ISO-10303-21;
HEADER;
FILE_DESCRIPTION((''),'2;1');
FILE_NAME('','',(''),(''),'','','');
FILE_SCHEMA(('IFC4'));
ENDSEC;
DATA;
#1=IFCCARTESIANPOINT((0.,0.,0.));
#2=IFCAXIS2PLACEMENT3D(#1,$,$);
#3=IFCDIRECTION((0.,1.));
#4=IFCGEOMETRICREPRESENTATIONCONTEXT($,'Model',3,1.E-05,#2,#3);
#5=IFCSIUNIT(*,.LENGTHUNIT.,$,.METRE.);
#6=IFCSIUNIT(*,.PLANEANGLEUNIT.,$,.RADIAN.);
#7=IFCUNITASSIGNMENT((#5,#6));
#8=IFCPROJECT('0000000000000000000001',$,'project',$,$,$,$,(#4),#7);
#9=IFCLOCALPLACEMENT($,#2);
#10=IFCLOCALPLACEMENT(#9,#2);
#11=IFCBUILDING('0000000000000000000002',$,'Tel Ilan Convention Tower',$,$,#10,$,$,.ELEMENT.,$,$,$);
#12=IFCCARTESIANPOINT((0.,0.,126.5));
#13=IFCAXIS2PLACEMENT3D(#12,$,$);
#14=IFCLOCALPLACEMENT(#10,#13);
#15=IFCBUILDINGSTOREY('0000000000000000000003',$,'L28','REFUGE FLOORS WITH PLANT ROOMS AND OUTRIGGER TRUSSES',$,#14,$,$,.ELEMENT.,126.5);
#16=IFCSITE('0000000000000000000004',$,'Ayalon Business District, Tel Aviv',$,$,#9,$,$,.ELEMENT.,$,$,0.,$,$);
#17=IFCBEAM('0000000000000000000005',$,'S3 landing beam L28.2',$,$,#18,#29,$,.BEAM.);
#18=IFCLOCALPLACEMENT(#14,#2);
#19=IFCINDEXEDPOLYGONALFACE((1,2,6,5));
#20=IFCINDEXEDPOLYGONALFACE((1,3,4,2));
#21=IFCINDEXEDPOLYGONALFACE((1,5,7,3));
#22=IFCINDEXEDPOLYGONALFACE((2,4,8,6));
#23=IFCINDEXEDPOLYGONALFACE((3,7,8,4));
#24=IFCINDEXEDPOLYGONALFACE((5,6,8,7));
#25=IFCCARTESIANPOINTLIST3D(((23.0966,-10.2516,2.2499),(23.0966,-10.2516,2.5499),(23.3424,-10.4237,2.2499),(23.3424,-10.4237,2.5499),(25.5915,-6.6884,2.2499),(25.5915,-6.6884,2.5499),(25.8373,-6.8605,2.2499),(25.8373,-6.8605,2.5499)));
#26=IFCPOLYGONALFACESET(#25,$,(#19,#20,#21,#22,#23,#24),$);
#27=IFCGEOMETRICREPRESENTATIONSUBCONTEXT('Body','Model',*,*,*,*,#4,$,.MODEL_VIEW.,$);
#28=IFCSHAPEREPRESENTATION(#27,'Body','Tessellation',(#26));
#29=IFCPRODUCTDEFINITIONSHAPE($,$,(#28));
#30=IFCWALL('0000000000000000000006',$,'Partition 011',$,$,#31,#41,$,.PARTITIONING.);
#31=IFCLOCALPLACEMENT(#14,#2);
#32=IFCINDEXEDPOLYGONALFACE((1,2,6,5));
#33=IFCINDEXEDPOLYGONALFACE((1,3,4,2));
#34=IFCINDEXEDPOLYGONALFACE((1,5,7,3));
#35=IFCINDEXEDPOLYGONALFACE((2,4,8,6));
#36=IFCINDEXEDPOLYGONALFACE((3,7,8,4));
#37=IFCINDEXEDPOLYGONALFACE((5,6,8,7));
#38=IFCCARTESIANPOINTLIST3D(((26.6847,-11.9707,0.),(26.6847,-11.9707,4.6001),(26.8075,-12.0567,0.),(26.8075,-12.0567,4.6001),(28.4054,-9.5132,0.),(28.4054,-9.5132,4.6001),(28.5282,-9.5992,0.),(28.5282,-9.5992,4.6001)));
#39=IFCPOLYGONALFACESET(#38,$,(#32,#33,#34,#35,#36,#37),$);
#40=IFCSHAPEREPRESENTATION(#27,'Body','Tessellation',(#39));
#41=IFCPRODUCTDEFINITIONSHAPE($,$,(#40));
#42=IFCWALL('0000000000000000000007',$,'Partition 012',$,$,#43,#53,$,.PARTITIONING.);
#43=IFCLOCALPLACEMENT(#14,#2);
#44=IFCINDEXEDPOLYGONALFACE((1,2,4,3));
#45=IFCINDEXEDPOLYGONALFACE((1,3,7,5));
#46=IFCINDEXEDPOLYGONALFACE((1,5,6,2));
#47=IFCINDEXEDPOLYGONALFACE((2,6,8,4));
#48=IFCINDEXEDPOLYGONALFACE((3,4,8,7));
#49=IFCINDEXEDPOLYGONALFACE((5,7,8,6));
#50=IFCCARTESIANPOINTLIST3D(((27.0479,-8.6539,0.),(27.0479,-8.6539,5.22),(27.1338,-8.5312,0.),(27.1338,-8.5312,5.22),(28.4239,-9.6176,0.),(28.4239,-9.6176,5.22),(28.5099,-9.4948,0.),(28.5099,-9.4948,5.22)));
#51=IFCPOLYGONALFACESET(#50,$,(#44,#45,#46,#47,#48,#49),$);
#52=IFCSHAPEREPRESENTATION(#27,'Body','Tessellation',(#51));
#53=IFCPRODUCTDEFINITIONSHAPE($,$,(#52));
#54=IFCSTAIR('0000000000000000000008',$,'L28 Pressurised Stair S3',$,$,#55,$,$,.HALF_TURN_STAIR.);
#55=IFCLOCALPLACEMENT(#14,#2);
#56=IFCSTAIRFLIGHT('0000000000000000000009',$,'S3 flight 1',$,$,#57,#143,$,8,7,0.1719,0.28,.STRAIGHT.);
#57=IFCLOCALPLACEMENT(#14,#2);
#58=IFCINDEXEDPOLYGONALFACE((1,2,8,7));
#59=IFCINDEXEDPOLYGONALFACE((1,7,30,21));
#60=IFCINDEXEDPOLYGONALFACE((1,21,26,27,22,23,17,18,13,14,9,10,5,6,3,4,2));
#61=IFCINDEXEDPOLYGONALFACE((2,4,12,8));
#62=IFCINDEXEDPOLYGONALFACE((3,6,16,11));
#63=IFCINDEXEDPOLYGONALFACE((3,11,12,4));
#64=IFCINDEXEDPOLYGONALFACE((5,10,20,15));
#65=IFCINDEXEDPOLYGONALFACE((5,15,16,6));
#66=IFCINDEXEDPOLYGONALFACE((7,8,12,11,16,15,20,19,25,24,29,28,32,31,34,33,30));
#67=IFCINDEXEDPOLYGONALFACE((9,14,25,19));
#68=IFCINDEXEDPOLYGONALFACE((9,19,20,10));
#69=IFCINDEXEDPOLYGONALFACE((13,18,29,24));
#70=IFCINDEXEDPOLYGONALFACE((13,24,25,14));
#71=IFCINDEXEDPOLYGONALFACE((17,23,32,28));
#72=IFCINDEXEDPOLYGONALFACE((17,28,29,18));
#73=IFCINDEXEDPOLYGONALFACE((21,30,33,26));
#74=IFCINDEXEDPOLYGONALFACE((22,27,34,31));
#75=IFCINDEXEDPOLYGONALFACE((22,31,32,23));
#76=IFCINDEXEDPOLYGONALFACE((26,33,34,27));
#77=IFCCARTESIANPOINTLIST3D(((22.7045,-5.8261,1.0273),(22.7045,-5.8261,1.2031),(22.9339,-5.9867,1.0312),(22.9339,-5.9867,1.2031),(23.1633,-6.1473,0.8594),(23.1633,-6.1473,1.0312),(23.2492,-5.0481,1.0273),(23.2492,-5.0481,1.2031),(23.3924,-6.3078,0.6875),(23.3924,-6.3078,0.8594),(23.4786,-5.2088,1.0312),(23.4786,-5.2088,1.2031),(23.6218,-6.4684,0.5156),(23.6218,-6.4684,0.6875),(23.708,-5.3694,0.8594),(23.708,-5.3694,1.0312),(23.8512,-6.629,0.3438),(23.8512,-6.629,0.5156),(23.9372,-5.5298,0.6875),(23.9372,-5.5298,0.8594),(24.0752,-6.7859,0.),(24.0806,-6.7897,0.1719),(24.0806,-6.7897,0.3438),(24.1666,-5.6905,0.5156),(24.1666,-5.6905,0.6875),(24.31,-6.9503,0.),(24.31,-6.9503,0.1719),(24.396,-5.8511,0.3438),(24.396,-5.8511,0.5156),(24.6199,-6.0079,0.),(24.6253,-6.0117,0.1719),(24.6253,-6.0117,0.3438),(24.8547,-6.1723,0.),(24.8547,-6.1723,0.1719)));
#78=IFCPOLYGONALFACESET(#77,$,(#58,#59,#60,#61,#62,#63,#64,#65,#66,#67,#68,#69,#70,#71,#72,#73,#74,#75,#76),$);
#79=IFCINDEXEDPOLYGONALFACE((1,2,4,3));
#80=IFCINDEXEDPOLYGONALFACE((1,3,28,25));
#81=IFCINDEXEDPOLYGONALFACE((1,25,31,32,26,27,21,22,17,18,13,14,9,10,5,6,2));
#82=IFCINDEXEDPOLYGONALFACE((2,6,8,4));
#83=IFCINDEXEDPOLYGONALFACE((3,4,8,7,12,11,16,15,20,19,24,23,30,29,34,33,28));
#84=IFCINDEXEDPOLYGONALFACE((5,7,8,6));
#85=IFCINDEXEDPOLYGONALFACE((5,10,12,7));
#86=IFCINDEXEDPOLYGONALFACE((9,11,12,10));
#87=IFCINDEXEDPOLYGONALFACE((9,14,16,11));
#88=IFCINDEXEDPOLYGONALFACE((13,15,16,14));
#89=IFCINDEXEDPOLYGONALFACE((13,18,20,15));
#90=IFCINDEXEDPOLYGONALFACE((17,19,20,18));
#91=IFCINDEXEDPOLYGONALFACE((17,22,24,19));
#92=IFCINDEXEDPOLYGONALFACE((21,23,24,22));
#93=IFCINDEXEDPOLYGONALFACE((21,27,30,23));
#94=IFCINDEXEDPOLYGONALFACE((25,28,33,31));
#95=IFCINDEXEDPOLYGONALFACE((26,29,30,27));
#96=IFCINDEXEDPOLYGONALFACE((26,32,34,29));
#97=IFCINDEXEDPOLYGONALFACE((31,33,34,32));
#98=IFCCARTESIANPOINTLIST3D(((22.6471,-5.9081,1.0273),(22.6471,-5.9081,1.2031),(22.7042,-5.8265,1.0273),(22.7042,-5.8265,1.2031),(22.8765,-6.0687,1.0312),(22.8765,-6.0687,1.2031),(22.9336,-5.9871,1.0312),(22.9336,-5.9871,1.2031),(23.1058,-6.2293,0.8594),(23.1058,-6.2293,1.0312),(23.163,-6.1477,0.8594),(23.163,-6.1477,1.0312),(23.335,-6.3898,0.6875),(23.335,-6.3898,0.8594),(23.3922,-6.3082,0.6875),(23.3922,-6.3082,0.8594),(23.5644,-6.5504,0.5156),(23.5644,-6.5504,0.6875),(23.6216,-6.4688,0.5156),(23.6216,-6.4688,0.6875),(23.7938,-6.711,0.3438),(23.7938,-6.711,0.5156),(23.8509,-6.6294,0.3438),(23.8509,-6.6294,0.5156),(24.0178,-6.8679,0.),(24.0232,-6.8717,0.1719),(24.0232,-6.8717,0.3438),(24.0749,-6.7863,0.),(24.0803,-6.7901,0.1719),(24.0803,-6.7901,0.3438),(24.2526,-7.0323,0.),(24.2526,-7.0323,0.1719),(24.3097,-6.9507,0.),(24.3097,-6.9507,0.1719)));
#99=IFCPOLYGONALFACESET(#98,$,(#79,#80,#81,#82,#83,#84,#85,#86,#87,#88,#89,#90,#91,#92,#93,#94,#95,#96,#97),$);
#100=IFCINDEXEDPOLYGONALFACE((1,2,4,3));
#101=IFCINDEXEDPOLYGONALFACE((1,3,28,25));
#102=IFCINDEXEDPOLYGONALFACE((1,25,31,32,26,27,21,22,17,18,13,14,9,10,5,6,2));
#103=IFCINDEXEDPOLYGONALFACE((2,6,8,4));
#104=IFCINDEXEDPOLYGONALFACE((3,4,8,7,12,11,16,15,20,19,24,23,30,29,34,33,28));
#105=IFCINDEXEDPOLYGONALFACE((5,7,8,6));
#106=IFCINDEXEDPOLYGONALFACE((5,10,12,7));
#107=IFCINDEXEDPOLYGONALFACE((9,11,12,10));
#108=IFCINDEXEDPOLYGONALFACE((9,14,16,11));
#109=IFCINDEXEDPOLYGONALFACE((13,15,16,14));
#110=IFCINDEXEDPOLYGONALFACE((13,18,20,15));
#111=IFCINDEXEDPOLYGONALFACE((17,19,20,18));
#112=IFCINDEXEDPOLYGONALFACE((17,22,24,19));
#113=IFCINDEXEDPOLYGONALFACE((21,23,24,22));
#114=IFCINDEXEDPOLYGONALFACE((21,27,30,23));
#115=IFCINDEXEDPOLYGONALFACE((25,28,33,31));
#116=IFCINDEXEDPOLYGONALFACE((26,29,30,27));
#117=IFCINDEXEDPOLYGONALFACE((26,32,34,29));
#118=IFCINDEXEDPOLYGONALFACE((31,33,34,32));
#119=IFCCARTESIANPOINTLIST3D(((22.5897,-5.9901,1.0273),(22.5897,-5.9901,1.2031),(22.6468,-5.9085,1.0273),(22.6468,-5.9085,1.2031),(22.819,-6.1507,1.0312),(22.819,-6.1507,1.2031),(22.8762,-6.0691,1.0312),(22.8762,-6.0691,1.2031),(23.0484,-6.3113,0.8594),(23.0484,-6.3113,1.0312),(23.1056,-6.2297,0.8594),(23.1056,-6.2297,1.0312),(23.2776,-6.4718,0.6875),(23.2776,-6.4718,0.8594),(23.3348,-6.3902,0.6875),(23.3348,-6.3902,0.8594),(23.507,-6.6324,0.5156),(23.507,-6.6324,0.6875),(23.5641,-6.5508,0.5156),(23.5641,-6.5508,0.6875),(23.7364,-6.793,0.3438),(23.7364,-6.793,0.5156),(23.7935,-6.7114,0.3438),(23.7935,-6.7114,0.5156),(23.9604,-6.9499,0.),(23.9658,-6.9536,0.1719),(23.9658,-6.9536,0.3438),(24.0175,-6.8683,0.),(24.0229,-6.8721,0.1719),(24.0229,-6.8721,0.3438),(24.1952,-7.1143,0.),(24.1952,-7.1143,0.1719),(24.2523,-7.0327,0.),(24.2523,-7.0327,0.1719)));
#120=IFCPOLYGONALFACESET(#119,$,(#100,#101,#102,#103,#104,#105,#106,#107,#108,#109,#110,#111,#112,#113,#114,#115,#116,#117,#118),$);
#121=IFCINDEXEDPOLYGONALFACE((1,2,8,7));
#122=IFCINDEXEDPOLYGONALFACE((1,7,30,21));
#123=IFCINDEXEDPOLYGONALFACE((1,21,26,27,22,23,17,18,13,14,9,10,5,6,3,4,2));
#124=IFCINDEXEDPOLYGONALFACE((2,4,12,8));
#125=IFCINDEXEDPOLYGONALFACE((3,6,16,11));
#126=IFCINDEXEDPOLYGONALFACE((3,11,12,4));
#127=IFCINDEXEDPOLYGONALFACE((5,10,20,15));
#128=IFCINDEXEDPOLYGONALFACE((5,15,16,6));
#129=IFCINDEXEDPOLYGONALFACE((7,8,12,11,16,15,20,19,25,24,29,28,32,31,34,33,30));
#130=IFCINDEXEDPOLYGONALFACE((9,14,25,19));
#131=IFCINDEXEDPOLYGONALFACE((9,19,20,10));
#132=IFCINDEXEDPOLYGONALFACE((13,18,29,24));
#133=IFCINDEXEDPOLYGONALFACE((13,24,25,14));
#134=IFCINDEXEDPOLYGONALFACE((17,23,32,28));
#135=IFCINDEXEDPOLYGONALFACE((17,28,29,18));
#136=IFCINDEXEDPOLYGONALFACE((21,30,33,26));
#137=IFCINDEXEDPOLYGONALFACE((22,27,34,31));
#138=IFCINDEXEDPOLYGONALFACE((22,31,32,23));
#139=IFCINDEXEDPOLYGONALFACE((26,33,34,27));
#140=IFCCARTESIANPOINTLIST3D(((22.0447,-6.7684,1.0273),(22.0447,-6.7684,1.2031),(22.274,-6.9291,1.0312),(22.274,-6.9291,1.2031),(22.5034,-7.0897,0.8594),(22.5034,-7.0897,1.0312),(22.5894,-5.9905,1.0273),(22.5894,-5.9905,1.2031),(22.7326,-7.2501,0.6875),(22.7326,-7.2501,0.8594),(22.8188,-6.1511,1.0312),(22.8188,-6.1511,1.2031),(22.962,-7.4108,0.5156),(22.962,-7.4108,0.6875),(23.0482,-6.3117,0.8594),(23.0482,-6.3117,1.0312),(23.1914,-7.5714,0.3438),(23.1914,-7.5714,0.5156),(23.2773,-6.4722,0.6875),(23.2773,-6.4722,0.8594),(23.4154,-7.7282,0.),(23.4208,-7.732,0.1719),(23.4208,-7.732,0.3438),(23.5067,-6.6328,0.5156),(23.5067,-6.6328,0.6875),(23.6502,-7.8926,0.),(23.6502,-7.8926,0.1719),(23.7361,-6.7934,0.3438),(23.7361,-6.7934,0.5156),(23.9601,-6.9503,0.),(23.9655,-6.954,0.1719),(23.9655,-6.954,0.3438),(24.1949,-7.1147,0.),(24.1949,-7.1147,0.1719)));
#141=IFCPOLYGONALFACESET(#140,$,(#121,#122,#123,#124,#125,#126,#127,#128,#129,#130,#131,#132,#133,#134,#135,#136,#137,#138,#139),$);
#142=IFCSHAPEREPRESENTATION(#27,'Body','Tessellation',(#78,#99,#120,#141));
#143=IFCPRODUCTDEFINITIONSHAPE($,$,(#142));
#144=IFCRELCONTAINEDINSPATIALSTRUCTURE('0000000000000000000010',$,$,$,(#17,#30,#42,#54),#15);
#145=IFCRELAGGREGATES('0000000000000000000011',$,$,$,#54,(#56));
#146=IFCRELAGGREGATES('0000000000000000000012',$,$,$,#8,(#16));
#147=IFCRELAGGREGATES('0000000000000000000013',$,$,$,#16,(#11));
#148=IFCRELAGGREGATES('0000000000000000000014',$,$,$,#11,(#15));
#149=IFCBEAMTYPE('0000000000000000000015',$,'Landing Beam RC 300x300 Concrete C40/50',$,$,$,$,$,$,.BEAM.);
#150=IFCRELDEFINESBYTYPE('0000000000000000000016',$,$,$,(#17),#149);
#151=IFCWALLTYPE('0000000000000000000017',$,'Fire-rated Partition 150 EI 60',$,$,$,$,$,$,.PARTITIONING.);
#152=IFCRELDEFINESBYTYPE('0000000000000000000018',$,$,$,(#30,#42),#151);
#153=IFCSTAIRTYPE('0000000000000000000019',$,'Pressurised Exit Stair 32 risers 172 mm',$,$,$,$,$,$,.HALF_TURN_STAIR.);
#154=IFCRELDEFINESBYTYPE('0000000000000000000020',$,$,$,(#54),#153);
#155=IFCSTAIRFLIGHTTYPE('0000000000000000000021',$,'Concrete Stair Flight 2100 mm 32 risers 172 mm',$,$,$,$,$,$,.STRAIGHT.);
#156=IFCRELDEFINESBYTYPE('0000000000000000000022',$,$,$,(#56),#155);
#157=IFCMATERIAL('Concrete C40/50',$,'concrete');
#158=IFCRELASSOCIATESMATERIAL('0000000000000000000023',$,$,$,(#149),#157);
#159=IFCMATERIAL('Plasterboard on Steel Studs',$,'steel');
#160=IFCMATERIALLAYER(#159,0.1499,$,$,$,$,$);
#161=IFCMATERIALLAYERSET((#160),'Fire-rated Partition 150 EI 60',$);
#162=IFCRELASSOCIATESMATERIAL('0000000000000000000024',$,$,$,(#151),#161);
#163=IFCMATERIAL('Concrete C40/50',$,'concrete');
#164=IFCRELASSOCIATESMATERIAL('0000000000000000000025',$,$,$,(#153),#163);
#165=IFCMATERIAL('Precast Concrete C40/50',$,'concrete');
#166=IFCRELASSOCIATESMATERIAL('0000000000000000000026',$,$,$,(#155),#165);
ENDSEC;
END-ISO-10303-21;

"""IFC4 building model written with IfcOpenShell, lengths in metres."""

from ifc_helpers import new_model, si_unit, direction, frame, frame_2d, origin, origin_2d, place, context, subcontext, project, spatial, polyline, rectangle, outline, extrude, material, layer, layer_set, material_profile, profile_set, type_object, element, aggregate, save


model = new_model("IFC4")

# Units and contexts
model_context = context("Model", 3, precision=1e-05, world=origin(), true_north=direction((0.0, 1.0)))
body_context = subcontext(model_context, "Body", "Model", "MODEL_VIEW")
ifc_project = project(units=[si_unit("LENGTHUNIT", "METRE"), si_unit("PLANEANGLEUNIT", "RADIAN")], contexts=[model_context])

# Site, building, storey
site_placement = place(None, origin())
site = spatial("IfcSite", under=ifc_project, at=site_placement, Name="Ayalon Business District, Tel Aviv", CompositionType="ELEMENT", RefElevation=0.0)
building_placement = place(site_placement, origin())
building = spatial("IfcBuilding", under=site, at=building_placement, Name="Tel Ilan Convention Tower", CompositionType="ELEMENT")
storey_placement = place(building_placement, frame((0.0, 0.0, 126.5)))
storey = spatial("IfcBuildingStorey", under=building, at=storey_placement, Name="L28", Description="REFUGE FLOORS WITH PLANT ROOMS AND OUTRIGGER TRUSSES", CompositionType="ELEMENT", Elevation=126.5)

# Beam
ifc_material_1 = material(Name="Concrete C40/50", Category="concrete")
ifc_material_profile_1 = material_profile(ifc_material_1, rectangle(XDim=0.3, YDim=0.3, at=origin_2d()), Name="RC 300x300")
ifc_profile_set_1 = profile_set([ifc_material_profile_1], Name="Concrete C40/50")
beam_type_1 = type_object("IfcBeamType", Name="Landing Beam RC 300x300 Concrete C40/50", PredefinedType="BEAM", material=ifc_profile_set_1)
beam_1_placement = place(storey_placement, frame((25.7144, -6.7744, 2.3999), z_axis=(-0.573557, -0.819166, 0.0), x_axis=(0.819166, -0.573557, 0.0)))
element("IfcBeam", 1, at=beam_1_placement, inside=storey, type_object=beam_type_1, Name="S3 landing beam L28.2", PredefinedType="BEAM", context=body_context, shape_type="SweptSolid", body=[
    extrude(rectangle(XDim=0.3, YDim=0.3, at=origin_2d()), origin(), (0.0, 0.0, 1.0), 4.3499),
])

# Walls
ifc_material_2 = material(Name="Plasterboard on Steel Studs", Category="steel")
ifc_layer_1 = layer(ifc_material_2, 0.1499)
ifc_layer_set_1 = layer_set([ifc_layer_1], Name="Fire-rated Partition 150 EI 60")
wall_type = type_object("IfcWallType", Name="Fire-rated Partition 150 EI 60", PredefinedType="PARTITIONING", material=ifc_layer_set_1)
wall_1_placement = place(storey_placement, frame((26.7461, -12.0137, 0.0), z_axis=(0.0, 0.0, 1.0), x_axis=(0.573561, 0.819163, 0.0)))
element("IfcWall", 2, at=wall_1_placement, inside=storey, type_object=wall_type, Name="Partition 011", PredefinedType="PARTITIONING", context=body_context, shape_type="SweptSolid", body=[
    extrude(rectangle(XDim=3.0, YDim=0.1499, at=frame_2d((1.5, 0.0))), origin(), (0.0, 0.0, 1.0), 4.6001),
])
wall_2_placement = place(storey_placement, frame((28.4668, -9.5562, 0.0), z_axis=(0.0, 0.0, 1.0), x_axis=(-0.819109, 0.573638, 0.0)))
element("IfcWall", 3, at=wall_2_placement, inside=storey, type_object=wall_type, Name="Partition 012", PredefinedType="PARTITIONING", context=body_context, shape_type="SweptSolid", body=[
    extrude(rectangle(XDim=1.6799, YDim=0.1499, at=frame_2d((0.8398, 0.0))), origin(), (0.0, 0.0, 1.0), 5.22),
])

# Stair, stair flight
ifc_material_3 = material(Name="Concrete C40/50", Category="concrete")
stair_type = type_object("IfcStairType", Name="Pressurised Exit Stair 32 risers 172 mm", PredefinedType="HALF_TURN_STAIR", material=ifc_material_3)
stair_placement = place(storey_placement, origin())
stair = element("IfcStair", 4, at=stair_placement, inside=storey, type_object=stair_type, Name="L28 Pressurised Stair S3", PredefinedType="HALF_TURN_STAIR")
ifc_material_4 = material(Name="Precast Concrete C40/50", Category="concrete")
stair_flight_type = type_object("IfcStairFlightType", Name="Concrete Stair Flight 2100 mm 32 risers 172 mm", PredefinedType="STRAIGHT", material=ifc_material_4)
stair_flight_1_placement = place(storey_placement, frame((24.2524, -7.0325, 0.0), z_axis=(0.0, 0.0, 1.0), x_axis=(-0.819152, 0.573576, 0.0)))
stair_flight_1 = element("IfcStairFlight", 5, at=stair_flight_1_placement, type_object=stair_flight_type, Name="S3 flight 1", NumberOfRisers=8, NumberOfTreads=7, PredefinedType="STRAIGHT", RiserHeight=0.1719, TreadLength=0.28, context=body_context, shape_type="SweptSolid", body=[
    extrude(outline(polyline([(0.0, 0.0), (0.0, 0.1719), (0.28, 0.1719), (0.28, 0.3438), (0.5601, 0.3438), (0.5601, 0.5156), (0.8401, 0.5156), (0.8401, 0.6875), (1.1201, 0.6875), (1.1201, 0.8594), (1.3999, 0.8594), (1.3999, 1.0312), (1.6799, 1.0312), (1.6799, 1.2031), (1.96, 1.2031), (1.96, 1.375), (1.96, 1.0273), (0.2866, 0.0), (0.0, 0.0)])), frame((0.0, -0.1003, 0.0), z_axis=(0.0, -1.0, 0.0), x_axis=(1.0, 0.0, 0.0)), (0.0, 0.0, 1.0), 0.9497),
    extrude(outline(polyline([(0.0, 0.0), (0.0, 0.1719), (0.28, 0.1719), (0.28, 0.3438), (0.5601, 0.3438), (0.5601, 0.5156), (0.8401, 0.5156), (0.8401, 0.6875), (1.1201, 0.6875), (1.1201, 0.8594), (1.3999, 0.8594), (1.3999, 1.0312), (1.6799, 1.0312), (1.6799, 1.2031), (1.96, 1.2031), (1.96, 1.375), (1.96, 1.0273), (0.2866, 0.0), (0.0, 0.0)])), frame((0.0, -0.0002, 0.0), z_axis=(0.0, -1.0, 0.0), x_axis=(1.0, 0.0, 0.0)), (0.0, 0.0, 1.0), 0.0996),
    extrude(outline(polyline([(0.0, 0.0), (0.0, 0.1719), (0.28, 0.1719), (0.28, 0.3438), (0.5601, 0.3438), (0.5601, 0.5156), (0.8401, 0.5156), (0.8401, 0.6875), (1.1201, 0.6875), (1.1201, 0.8594), (1.3999, 0.8594), (1.3999, 1.0312), (1.6799, 1.0312), (1.6799, 1.2031), (1.96, 1.2031), (1.96, 1.375), (1.96, 1.0273), (0.2866, 0.0), (0.0, 0.0)])), frame((0.0, 0.0999, 0.0), z_axis=(0.0, -1.0, 0.0), x_axis=(1.0, 0.0, 0.0)), (0.0, 0.0, 1.0), 0.0996),
    extrude(outline(polyline([(0.0, 0.0), (0.0, 0.1719), (0.28, 0.1719), (0.28, 0.3438), (0.5601, 0.3438), (0.5601, 0.5156), (0.8401, 0.5156), (0.8401, 0.6875), (1.1201, 0.6875), (1.1201, 0.8594), (1.3999, 0.8594), (1.3999, 1.0312), (1.6799, 1.0312), (1.6799, 1.2031), (1.96, 1.2031), (1.96, 1.375), (1.96, 1.0273), (0.2866, 0.0), (0.0, 0.0)])), frame((0.0, 1.05, 0.0), z_axis=(0.0, -1.0, 0.0), x_axis=(1.0, 0.0, 0.0)), (0.0, 0.0, 1.0), 0.9497),
])
aggregate(stair, [stair_flight_1])

save(model, "model.ifc")
